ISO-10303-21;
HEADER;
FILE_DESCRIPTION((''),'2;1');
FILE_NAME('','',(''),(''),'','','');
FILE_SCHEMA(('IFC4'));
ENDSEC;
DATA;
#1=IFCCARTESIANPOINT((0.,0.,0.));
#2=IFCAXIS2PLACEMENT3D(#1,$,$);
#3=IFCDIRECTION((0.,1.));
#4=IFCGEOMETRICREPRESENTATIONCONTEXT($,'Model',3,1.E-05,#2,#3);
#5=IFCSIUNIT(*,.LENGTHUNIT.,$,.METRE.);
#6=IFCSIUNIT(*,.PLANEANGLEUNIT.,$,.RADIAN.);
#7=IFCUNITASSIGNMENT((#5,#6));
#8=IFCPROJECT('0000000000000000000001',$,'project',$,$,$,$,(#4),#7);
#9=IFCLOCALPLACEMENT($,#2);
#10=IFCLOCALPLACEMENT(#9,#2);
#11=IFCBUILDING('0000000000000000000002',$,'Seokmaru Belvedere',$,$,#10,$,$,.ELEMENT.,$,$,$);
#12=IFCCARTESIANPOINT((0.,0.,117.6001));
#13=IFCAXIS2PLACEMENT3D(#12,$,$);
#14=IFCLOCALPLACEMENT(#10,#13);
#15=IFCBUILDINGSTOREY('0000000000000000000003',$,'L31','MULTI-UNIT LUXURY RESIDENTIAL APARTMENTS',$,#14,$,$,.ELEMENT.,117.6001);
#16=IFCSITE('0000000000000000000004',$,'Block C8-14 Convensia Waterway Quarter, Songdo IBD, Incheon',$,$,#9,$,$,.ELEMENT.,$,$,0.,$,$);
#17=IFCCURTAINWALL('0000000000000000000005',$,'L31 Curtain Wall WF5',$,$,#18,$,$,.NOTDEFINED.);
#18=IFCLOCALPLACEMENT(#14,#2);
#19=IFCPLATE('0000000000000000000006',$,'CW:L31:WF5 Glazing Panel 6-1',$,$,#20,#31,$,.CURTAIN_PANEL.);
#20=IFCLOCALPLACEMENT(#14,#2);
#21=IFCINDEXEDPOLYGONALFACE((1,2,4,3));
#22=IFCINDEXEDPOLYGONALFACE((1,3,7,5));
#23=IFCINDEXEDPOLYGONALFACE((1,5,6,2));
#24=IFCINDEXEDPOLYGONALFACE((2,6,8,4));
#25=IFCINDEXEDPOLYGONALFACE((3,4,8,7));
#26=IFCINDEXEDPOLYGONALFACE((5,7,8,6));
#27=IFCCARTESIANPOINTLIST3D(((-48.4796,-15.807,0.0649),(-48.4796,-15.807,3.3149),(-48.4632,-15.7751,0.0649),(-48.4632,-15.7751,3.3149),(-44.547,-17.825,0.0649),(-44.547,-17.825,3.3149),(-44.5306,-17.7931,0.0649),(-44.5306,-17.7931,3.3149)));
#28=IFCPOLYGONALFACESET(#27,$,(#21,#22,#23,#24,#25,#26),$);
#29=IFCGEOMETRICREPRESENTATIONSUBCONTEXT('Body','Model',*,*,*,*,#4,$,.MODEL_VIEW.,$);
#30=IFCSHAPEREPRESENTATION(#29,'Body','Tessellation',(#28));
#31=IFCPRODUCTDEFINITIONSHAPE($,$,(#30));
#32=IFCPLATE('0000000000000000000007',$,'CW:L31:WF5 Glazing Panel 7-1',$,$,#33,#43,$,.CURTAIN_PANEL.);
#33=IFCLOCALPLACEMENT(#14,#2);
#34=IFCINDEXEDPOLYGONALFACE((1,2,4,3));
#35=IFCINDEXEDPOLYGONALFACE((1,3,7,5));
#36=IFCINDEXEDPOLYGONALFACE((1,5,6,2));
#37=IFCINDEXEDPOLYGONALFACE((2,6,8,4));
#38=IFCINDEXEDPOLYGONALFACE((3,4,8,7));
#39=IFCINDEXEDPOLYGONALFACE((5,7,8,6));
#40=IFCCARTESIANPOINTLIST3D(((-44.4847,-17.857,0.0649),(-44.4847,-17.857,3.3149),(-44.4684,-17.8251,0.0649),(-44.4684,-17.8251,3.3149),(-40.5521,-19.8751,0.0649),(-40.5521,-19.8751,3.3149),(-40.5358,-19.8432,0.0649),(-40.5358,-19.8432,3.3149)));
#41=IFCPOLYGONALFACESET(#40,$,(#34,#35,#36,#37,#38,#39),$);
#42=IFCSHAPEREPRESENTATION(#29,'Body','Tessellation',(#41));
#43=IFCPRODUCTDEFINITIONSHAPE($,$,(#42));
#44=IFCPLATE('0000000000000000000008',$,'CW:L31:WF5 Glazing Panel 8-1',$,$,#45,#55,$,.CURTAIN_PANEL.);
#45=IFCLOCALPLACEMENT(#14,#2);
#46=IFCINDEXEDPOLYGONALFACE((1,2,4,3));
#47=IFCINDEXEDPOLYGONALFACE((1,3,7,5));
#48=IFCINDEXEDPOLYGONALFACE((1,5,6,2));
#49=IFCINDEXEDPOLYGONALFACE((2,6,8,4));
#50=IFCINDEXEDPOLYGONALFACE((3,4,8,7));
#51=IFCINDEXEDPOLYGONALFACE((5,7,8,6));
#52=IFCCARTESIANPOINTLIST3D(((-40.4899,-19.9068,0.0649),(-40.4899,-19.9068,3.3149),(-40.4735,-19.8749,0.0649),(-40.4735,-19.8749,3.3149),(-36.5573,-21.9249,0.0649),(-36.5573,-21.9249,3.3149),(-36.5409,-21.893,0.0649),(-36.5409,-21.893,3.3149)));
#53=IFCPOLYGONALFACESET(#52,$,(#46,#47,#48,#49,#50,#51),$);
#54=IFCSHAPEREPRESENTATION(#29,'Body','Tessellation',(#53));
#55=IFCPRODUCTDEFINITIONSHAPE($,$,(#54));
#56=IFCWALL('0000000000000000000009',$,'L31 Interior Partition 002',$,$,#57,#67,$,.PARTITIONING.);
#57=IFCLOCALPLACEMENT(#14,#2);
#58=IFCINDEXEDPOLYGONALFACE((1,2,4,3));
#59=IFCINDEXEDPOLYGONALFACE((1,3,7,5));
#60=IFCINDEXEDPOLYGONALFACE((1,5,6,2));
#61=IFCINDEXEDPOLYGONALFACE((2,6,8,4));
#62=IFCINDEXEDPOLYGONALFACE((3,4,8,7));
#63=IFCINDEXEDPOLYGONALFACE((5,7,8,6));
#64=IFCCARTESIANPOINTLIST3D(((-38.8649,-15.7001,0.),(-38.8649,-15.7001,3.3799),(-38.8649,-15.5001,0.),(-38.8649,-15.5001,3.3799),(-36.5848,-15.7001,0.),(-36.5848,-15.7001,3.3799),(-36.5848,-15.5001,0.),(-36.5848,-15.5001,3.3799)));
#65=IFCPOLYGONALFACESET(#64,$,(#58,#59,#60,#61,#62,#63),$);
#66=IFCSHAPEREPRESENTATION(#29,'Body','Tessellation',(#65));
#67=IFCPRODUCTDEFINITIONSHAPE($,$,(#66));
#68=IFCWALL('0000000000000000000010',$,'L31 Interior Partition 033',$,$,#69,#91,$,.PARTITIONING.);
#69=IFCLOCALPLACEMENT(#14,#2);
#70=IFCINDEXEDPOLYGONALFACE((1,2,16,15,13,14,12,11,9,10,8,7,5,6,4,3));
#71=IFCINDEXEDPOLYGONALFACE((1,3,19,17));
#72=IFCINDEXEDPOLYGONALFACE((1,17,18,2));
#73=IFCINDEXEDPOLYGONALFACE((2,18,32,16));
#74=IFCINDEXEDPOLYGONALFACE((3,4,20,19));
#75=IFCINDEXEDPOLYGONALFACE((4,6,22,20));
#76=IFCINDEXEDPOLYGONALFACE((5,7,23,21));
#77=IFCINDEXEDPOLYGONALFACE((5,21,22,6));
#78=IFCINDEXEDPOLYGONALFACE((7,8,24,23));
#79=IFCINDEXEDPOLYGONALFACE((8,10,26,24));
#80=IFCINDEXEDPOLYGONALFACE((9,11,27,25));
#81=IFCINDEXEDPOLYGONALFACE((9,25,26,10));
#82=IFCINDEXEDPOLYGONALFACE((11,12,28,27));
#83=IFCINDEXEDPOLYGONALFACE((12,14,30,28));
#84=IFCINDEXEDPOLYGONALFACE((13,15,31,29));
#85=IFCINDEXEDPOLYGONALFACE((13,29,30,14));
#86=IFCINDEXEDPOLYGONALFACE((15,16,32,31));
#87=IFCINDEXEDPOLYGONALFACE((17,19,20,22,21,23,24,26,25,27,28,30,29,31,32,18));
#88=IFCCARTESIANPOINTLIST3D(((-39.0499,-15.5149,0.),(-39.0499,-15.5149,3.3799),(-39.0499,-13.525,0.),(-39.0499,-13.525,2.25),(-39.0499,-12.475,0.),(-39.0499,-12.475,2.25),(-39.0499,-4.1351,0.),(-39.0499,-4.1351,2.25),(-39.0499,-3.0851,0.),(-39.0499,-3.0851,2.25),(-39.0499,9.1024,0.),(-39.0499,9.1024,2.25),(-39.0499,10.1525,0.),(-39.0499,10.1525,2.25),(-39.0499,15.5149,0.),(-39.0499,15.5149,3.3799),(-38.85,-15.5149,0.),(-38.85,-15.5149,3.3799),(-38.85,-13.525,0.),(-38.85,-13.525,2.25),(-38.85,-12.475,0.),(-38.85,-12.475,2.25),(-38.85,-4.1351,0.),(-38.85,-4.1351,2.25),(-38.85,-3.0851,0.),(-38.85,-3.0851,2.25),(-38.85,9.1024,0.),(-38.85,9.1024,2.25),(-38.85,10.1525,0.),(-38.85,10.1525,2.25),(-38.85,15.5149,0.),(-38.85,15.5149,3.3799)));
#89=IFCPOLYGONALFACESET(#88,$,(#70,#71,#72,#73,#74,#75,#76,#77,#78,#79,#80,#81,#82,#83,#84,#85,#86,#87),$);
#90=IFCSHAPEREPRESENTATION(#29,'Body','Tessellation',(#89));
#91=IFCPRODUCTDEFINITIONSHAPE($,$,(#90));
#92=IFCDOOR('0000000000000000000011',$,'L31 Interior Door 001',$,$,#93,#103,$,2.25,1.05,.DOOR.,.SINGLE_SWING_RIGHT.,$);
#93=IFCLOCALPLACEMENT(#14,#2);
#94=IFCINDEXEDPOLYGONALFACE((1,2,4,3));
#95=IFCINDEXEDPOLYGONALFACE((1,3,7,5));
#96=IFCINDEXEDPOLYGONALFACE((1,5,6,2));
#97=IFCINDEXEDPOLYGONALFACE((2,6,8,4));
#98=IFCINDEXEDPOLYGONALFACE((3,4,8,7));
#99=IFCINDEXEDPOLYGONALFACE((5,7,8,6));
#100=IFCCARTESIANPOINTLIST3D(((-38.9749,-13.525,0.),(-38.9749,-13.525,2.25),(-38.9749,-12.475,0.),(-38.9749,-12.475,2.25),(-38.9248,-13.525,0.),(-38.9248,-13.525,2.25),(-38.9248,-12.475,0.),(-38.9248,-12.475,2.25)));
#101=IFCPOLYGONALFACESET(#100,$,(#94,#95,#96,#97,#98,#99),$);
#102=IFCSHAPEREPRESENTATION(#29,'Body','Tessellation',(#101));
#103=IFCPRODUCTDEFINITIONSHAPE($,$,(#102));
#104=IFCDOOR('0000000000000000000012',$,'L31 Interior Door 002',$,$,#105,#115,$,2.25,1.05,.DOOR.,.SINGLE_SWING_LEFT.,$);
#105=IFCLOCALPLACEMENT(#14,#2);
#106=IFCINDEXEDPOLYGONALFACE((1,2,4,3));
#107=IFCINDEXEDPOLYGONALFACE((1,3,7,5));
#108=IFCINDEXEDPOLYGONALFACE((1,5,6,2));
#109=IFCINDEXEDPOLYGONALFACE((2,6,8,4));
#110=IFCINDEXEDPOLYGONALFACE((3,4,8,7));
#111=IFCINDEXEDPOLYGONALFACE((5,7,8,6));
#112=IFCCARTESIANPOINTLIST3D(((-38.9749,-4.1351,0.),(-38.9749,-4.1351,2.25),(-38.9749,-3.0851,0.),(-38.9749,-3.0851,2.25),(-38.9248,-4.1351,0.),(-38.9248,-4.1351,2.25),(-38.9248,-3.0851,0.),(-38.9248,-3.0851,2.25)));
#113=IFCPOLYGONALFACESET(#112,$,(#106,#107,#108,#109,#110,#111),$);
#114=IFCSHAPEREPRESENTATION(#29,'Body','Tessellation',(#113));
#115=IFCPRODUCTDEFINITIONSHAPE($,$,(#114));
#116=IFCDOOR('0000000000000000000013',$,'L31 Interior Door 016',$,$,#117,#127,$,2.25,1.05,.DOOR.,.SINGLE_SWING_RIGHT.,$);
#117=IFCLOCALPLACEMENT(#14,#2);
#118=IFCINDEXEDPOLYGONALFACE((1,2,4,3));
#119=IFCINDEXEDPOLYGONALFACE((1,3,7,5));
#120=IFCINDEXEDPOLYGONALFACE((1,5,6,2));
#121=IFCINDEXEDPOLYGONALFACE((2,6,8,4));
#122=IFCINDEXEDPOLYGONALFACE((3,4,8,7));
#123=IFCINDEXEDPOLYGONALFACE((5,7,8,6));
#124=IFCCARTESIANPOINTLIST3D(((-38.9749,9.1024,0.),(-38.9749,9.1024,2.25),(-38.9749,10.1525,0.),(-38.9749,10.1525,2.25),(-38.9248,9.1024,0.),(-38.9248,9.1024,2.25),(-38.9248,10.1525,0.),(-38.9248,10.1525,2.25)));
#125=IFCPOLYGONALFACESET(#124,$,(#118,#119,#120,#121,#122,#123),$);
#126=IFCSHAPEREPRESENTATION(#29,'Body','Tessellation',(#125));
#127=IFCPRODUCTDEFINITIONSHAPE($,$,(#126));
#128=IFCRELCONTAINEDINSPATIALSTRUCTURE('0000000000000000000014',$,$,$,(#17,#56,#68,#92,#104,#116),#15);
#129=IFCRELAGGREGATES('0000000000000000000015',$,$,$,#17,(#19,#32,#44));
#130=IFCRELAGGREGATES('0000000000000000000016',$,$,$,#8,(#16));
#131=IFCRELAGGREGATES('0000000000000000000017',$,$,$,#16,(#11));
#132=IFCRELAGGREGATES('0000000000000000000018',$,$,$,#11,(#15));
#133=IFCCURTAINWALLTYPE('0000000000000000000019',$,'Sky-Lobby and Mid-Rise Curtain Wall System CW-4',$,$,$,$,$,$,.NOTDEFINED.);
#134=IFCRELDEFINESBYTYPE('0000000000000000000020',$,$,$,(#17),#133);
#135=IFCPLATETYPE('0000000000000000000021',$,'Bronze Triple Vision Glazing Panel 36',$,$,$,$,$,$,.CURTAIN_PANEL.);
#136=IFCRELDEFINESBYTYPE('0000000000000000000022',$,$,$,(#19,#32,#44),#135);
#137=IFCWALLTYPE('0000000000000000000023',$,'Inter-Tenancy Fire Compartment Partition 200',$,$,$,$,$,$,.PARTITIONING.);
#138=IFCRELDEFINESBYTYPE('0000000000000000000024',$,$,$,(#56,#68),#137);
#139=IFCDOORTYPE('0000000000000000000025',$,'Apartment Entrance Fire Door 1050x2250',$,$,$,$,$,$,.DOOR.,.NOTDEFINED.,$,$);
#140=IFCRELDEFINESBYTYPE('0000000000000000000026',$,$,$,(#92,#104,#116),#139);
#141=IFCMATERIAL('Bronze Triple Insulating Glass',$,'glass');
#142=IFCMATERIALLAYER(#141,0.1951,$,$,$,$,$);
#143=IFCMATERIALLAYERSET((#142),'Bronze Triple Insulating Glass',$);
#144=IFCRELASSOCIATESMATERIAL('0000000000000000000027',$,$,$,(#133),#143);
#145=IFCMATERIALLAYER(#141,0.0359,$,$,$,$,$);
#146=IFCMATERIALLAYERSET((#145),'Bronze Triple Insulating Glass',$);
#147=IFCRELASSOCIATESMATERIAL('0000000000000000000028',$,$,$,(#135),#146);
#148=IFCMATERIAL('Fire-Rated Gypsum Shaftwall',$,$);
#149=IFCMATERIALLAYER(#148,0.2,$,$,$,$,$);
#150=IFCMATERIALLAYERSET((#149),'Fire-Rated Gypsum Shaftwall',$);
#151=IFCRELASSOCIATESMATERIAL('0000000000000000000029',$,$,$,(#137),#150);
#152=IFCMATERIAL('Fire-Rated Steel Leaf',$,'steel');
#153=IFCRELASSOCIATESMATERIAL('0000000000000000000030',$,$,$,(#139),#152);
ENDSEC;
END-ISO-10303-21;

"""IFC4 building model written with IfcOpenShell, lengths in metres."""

from ifc_helpers import new_model, si_unit, direction, frame, frame_2d, origin, origin_2d, place, context, subcontext, project, spatial, rectangle, extrude, source, transform, mapped, material, layer, layer_set, type_object, type_shapes, element, fill, aggregate, save


model = new_model("IFC4")

# Units and contexts
model_context = context("Model", 3, precision=1e-05, world=origin(), true_north=direction((0.0, 1.0)))
body_context = subcontext(model_context, "Body", "Model", "MODEL_VIEW")
ifc_project = project(units=[si_unit("LENGTHUNIT", "METRE"), si_unit("PLANEANGLEUNIT", "RADIAN")], contexts=[model_context])

# Site, building, storey
site_placement = place(None, origin())
site = spatial("IfcSite", under=ifc_project, at=site_placement, Name="Block C8-14 Convensia Waterway Quarter, Songdo IBD, Incheon", CompositionType="ELEMENT", RefElevation=0.0)
building_placement = place(site_placement, origin())
building = spatial("IfcBuilding", under=site, at=building_placement, Name="Seokmaru Belvedere", CompositionType="ELEMENT")
storey_placement = place(building_placement, frame((0.0, 0.0, 117.6001)))
storey = spatial("IfcBuildingStorey", under=building, at=storey_placement, Name="L31", Description="MULTI-UNIT LUXURY RESIDENTIAL APARTMENTS", CompositionType="ELEMENT", Elevation=117.6001)

# Curtain wall, plates
ifc_material_1 = material(Name="Bronze Triple Insulating Glass", Category="glass")
ifc_layer_1 = layer(ifc_material_1, 0.1951)
ifc_layer_set_1 = layer_set([ifc_layer_1], Name="Bronze Triple Insulating Glass")
curtain_wall_type = type_object("IfcCurtainWallType", Name="Sky-Lobby and Mid-Rise Curtain Wall System CW-4", PredefinedType="NOTDEFINED", material=ifc_layer_set_1)
curtain_wall_placement = place(storey_placement, origin())
curtain_wall = element("IfcCurtainWall", 1, at=curtain_wall_placement, inside=storey, type_object=curtain_wall_type, Name="L31 Curtain Wall WF5", PredefinedType="NOTDEFINED")
ifc_layer_2 = layer(ifc_material_1, 0.0359)
ifc_layer_set_2 = layer_set([ifc_layer_2], Name="Bronze Triple Insulating Glass")
plate_type = type_object("IfcPlateType", Name="Bronze Triple Vision Glazing Panel 36", PredefinedType="CURTAIN_PANEL", material=ifc_layer_set_2)
shared_shape_1 = source(origin(), body_context, "Body", "SweptSolid", [
    extrude(rectangle(XDim=4.4202, YDim=0.0359, at=origin_2d()), origin(), (0.0, 0.0, 1.0), 3.25),
])
type_shapes(plate_type, [shared_shape_1])
plate_1_placement = place(storey_placement, frame((-46.5051, -16.8, 0.0649), z_axis=(0.0, 0.0, 1.0), x_axis=(0.889695, -0.456555, 0.0)))
plate_1 = element("IfcPlate", 2, at=plate_1_placement, type_object=plate_type, Name="CW:L31:WF5 Glazing Panel 6-1", PredefinedType="CURTAIN_PANEL", context=body_context, shape_type="MappedRepresentation", body=[
    mapped(shared_shape_1, transform((0.0, 0.0, 0.0), scale=1.0)),
])
plate_2_placement = place(storey_placement, frame((-42.5103, -18.8501, 0.0649), z_axis=(0.0, 0.0, 1.0), x_axis=(0.889695, -0.456555, 0.0)))
plate_2 = element("IfcPlate", 3, at=plate_2_placement, type_object=plate_type, Name="CW:L31:WF5 Glazing Panel 7-1", PredefinedType="CURTAIN_PANEL", context=body_context, shape_type="MappedRepresentation", body=[
    mapped(shared_shape_1, transform((0.0, 0.0, 0.0), scale=1.0)),
])
plate_3_placement = place(storey_placement, frame((-38.5154, -20.8999, 0.0649), z_axis=(0.0, 0.0, 1.0), x_axis=(0.889695, -0.456555, 0.0)))
plate_3 = element("IfcPlate", 4, at=plate_3_placement, type_object=plate_type, Name="CW:L31:WF5 Glazing Panel 8-1", PredefinedType="CURTAIN_PANEL", context=body_context, shape_type="MappedRepresentation", body=[
    mapped(shared_shape_1, transform((0.0, 0.0, 0.0), scale=1.0)),
])
aggregate(curtain_wall, [plate_1, plate_2, plate_3])

# Wall
ifc_material_2 = material(Name="Fire-Rated Gypsum Shaftwall")
ifc_layer_3 = layer(ifc_material_2, 0.2)
ifc_layer_set_3 = layer_set([ifc_layer_3], Name="Fire-Rated Gypsum Shaftwall")
wall_type = type_object("IfcWallType", Name="Inter-Tenancy Fire Compartment Partition 200", PredefinedType="PARTITIONING", material=ifc_layer_set_3)
wall_1_placement = place(storey_placement, frame((-38.865, -15.6001, 0.0), z_axis=(0.0, 0.0, 1.0), x_axis=(1.0, 0.0, 0.0)))
element("IfcWall", 5, at=wall_1_placement, inside=storey, type_object=wall_type, Name="L31 Interior Partition 002", PredefinedType="PARTITIONING", context=body_context, shape_type="SweptSolid", body=[
    extrude(rectangle(XDim=2.28, YDim=0.2, at=frame_2d((1.1401, 0.0))), origin(), (0.0, 0.0, 1.0), 3.3799),
])

# Wall, openings, doors
wall_2_placement = place(storey_placement, frame((-38.95, -15.5149, 0.0), z_axis=(0.0, 0.0, 1.0), x_axis=(0.0, 1.0, 0.0)))
wall_2 = element("IfcWall", 6, at=wall_2_placement, inside=storey, type_object=wall_type, Name="L31 Interior Partition 033", PredefinedType="PARTITIONING", context=body_context, shape_type="SweptSolid", body=[
    extrude(rectangle(XDim=31.0298, YDim=0.2, at=frame_2d((15.5149, 0.0))), origin(), (0.0, 0.0, 1.0), 3.3799),
])
opening_1_placement = place(wall_2_placement, frame((1.99, 0.0, 0.0)))
opening_1 = element("IfcOpeningElement", 7, at=opening_1_placement, cuts=wall_2, PredefinedType="OPENING", context=body_context, shape_type="SweptSolid", body=[
    extrude(rectangle(XDim=1.05, YDim=2.25, at=frame_2d((0.5249, 1.125))), frame((0.0, 0.1099, 0.0), z_axis=(0.0, -1.0, 0.0), x_axis=(1.0, 0.0, 0.0)), (0.0, 0.0, 1.0), 0.22),
])
opening_2_placement = place(wall_2_placement, frame((11.3799, 0.0, 0.0)))
opening_2 = element("IfcOpeningElement", 8, at=opening_2_placement, cuts=wall_2, PredefinedType="OPENING", context=body_context, shape_type="SweptSolid", body=[
    extrude(rectangle(XDim=1.05, YDim=2.25, at=frame_2d((0.5249, 1.125))), frame((0.0, 0.1099, 0.0), z_axis=(0.0, -1.0, 0.0), x_axis=(1.0, 0.0, 0.0)), (0.0, 0.0, 1.0), 0.22),
])
opening_3_placement = place(wall_2_placement, frame((24.6174, 0.0, 0.0)))
opening_3 = element("IfcOpeningElement", 9, at=opening_3_placement, cuts=wall_2, PredefinedType="OPENING", context=body_context, shape_type="SweptSolid", body=[
    extrude(rectangle(XDim=1.05, YDim=2.25, at=frame_2d((0.5249, 1.125))), frame((0.0, 0.1099, 0.0), z_axis=(0.0, -1.0, 0.0), x_axis=(1.0, 0.0, 0.0)), (0.0, 0.0, 1.0), 0.22),
])
ifc_material_3 = material(Name="Fire-Rated Steel Leaf", Category="steel")
door_type = type_object("IfcDoorType", Name="Apartment Entrance Fire Door 1050x2250", OperationType="NOTDEFINED", PredefinedType="DOOR", material=ifc_material_3)
shared_shape_2 = source(origin(), body_context, "Body", "SweptSolid", [
    extrude(rectangle(XDim=1.05, YDim=2.25, at=frame_2d((0.5249, 1.125))), frame((0.0, 0.0249, 0.0), z_axis=(0.0, -1.0, 0.0), x_axis=(1.0, 0.0, 0.0)), (0.0, 0.0, 1.0), 0.05),
])
type_shapes(door_type, [shared_shape_2])
door_1_placement = place(opening_1_placement, origin())
door_1 = element("IfcDoor", 10, at=door_1_placement, inside=storey, type_object=door_type, Name="L31 Interior Door 001", OperationType="SINGLE_SWING_RIGHT", OverallHeight=2.25, OverallWidth=1.05, PredefinedType="DOOR", context=body_context, shape_type="MappedRepresentation", body=[
    mapped(shared_shape_2, transform((0.0, 0.0, 0.0), scale=1.0)),
])
fill(opening_1, door_1)
door_2_placement = place(opening_2_placement, origin())
door_2 = element("IfcDoor", 11, at=door_2_placement, inside=storey, type_object=door_type, Name="L31 Interior Door 002", OperationType="SINGLE_SWING_LEFT", OverallHeight=2.25, OverallWidth=1.05, PredefinedType="DOOR", context=body_context, shape_type="MappedRepresentation", body=[
    mapped(shared_shape_2, transform((0.0, 0.0, 0.0), scale=1.0)),
])
fill(opening_2, door_2)
door_3_placement = place(opening_3_placement, origin())
door_3 = element("IfcDoor", 12, at=door_3_placement, inside=storey, type_object=door_type, Name="L31 Interior Door 016", OperationType="SINGLE_SWING_RIGHT", OverallHeight=2.25, OverallWidth=1.05, PredefinedType="DOOR", context=body_context, shape_type="MappedRepresentation", body=[
    mapped(shared_shape_2, transform((0.0, 0.0, 0.0), scale=1.0)),
])
fill(opening_3, door_3)

save(model, "model.ifc")
